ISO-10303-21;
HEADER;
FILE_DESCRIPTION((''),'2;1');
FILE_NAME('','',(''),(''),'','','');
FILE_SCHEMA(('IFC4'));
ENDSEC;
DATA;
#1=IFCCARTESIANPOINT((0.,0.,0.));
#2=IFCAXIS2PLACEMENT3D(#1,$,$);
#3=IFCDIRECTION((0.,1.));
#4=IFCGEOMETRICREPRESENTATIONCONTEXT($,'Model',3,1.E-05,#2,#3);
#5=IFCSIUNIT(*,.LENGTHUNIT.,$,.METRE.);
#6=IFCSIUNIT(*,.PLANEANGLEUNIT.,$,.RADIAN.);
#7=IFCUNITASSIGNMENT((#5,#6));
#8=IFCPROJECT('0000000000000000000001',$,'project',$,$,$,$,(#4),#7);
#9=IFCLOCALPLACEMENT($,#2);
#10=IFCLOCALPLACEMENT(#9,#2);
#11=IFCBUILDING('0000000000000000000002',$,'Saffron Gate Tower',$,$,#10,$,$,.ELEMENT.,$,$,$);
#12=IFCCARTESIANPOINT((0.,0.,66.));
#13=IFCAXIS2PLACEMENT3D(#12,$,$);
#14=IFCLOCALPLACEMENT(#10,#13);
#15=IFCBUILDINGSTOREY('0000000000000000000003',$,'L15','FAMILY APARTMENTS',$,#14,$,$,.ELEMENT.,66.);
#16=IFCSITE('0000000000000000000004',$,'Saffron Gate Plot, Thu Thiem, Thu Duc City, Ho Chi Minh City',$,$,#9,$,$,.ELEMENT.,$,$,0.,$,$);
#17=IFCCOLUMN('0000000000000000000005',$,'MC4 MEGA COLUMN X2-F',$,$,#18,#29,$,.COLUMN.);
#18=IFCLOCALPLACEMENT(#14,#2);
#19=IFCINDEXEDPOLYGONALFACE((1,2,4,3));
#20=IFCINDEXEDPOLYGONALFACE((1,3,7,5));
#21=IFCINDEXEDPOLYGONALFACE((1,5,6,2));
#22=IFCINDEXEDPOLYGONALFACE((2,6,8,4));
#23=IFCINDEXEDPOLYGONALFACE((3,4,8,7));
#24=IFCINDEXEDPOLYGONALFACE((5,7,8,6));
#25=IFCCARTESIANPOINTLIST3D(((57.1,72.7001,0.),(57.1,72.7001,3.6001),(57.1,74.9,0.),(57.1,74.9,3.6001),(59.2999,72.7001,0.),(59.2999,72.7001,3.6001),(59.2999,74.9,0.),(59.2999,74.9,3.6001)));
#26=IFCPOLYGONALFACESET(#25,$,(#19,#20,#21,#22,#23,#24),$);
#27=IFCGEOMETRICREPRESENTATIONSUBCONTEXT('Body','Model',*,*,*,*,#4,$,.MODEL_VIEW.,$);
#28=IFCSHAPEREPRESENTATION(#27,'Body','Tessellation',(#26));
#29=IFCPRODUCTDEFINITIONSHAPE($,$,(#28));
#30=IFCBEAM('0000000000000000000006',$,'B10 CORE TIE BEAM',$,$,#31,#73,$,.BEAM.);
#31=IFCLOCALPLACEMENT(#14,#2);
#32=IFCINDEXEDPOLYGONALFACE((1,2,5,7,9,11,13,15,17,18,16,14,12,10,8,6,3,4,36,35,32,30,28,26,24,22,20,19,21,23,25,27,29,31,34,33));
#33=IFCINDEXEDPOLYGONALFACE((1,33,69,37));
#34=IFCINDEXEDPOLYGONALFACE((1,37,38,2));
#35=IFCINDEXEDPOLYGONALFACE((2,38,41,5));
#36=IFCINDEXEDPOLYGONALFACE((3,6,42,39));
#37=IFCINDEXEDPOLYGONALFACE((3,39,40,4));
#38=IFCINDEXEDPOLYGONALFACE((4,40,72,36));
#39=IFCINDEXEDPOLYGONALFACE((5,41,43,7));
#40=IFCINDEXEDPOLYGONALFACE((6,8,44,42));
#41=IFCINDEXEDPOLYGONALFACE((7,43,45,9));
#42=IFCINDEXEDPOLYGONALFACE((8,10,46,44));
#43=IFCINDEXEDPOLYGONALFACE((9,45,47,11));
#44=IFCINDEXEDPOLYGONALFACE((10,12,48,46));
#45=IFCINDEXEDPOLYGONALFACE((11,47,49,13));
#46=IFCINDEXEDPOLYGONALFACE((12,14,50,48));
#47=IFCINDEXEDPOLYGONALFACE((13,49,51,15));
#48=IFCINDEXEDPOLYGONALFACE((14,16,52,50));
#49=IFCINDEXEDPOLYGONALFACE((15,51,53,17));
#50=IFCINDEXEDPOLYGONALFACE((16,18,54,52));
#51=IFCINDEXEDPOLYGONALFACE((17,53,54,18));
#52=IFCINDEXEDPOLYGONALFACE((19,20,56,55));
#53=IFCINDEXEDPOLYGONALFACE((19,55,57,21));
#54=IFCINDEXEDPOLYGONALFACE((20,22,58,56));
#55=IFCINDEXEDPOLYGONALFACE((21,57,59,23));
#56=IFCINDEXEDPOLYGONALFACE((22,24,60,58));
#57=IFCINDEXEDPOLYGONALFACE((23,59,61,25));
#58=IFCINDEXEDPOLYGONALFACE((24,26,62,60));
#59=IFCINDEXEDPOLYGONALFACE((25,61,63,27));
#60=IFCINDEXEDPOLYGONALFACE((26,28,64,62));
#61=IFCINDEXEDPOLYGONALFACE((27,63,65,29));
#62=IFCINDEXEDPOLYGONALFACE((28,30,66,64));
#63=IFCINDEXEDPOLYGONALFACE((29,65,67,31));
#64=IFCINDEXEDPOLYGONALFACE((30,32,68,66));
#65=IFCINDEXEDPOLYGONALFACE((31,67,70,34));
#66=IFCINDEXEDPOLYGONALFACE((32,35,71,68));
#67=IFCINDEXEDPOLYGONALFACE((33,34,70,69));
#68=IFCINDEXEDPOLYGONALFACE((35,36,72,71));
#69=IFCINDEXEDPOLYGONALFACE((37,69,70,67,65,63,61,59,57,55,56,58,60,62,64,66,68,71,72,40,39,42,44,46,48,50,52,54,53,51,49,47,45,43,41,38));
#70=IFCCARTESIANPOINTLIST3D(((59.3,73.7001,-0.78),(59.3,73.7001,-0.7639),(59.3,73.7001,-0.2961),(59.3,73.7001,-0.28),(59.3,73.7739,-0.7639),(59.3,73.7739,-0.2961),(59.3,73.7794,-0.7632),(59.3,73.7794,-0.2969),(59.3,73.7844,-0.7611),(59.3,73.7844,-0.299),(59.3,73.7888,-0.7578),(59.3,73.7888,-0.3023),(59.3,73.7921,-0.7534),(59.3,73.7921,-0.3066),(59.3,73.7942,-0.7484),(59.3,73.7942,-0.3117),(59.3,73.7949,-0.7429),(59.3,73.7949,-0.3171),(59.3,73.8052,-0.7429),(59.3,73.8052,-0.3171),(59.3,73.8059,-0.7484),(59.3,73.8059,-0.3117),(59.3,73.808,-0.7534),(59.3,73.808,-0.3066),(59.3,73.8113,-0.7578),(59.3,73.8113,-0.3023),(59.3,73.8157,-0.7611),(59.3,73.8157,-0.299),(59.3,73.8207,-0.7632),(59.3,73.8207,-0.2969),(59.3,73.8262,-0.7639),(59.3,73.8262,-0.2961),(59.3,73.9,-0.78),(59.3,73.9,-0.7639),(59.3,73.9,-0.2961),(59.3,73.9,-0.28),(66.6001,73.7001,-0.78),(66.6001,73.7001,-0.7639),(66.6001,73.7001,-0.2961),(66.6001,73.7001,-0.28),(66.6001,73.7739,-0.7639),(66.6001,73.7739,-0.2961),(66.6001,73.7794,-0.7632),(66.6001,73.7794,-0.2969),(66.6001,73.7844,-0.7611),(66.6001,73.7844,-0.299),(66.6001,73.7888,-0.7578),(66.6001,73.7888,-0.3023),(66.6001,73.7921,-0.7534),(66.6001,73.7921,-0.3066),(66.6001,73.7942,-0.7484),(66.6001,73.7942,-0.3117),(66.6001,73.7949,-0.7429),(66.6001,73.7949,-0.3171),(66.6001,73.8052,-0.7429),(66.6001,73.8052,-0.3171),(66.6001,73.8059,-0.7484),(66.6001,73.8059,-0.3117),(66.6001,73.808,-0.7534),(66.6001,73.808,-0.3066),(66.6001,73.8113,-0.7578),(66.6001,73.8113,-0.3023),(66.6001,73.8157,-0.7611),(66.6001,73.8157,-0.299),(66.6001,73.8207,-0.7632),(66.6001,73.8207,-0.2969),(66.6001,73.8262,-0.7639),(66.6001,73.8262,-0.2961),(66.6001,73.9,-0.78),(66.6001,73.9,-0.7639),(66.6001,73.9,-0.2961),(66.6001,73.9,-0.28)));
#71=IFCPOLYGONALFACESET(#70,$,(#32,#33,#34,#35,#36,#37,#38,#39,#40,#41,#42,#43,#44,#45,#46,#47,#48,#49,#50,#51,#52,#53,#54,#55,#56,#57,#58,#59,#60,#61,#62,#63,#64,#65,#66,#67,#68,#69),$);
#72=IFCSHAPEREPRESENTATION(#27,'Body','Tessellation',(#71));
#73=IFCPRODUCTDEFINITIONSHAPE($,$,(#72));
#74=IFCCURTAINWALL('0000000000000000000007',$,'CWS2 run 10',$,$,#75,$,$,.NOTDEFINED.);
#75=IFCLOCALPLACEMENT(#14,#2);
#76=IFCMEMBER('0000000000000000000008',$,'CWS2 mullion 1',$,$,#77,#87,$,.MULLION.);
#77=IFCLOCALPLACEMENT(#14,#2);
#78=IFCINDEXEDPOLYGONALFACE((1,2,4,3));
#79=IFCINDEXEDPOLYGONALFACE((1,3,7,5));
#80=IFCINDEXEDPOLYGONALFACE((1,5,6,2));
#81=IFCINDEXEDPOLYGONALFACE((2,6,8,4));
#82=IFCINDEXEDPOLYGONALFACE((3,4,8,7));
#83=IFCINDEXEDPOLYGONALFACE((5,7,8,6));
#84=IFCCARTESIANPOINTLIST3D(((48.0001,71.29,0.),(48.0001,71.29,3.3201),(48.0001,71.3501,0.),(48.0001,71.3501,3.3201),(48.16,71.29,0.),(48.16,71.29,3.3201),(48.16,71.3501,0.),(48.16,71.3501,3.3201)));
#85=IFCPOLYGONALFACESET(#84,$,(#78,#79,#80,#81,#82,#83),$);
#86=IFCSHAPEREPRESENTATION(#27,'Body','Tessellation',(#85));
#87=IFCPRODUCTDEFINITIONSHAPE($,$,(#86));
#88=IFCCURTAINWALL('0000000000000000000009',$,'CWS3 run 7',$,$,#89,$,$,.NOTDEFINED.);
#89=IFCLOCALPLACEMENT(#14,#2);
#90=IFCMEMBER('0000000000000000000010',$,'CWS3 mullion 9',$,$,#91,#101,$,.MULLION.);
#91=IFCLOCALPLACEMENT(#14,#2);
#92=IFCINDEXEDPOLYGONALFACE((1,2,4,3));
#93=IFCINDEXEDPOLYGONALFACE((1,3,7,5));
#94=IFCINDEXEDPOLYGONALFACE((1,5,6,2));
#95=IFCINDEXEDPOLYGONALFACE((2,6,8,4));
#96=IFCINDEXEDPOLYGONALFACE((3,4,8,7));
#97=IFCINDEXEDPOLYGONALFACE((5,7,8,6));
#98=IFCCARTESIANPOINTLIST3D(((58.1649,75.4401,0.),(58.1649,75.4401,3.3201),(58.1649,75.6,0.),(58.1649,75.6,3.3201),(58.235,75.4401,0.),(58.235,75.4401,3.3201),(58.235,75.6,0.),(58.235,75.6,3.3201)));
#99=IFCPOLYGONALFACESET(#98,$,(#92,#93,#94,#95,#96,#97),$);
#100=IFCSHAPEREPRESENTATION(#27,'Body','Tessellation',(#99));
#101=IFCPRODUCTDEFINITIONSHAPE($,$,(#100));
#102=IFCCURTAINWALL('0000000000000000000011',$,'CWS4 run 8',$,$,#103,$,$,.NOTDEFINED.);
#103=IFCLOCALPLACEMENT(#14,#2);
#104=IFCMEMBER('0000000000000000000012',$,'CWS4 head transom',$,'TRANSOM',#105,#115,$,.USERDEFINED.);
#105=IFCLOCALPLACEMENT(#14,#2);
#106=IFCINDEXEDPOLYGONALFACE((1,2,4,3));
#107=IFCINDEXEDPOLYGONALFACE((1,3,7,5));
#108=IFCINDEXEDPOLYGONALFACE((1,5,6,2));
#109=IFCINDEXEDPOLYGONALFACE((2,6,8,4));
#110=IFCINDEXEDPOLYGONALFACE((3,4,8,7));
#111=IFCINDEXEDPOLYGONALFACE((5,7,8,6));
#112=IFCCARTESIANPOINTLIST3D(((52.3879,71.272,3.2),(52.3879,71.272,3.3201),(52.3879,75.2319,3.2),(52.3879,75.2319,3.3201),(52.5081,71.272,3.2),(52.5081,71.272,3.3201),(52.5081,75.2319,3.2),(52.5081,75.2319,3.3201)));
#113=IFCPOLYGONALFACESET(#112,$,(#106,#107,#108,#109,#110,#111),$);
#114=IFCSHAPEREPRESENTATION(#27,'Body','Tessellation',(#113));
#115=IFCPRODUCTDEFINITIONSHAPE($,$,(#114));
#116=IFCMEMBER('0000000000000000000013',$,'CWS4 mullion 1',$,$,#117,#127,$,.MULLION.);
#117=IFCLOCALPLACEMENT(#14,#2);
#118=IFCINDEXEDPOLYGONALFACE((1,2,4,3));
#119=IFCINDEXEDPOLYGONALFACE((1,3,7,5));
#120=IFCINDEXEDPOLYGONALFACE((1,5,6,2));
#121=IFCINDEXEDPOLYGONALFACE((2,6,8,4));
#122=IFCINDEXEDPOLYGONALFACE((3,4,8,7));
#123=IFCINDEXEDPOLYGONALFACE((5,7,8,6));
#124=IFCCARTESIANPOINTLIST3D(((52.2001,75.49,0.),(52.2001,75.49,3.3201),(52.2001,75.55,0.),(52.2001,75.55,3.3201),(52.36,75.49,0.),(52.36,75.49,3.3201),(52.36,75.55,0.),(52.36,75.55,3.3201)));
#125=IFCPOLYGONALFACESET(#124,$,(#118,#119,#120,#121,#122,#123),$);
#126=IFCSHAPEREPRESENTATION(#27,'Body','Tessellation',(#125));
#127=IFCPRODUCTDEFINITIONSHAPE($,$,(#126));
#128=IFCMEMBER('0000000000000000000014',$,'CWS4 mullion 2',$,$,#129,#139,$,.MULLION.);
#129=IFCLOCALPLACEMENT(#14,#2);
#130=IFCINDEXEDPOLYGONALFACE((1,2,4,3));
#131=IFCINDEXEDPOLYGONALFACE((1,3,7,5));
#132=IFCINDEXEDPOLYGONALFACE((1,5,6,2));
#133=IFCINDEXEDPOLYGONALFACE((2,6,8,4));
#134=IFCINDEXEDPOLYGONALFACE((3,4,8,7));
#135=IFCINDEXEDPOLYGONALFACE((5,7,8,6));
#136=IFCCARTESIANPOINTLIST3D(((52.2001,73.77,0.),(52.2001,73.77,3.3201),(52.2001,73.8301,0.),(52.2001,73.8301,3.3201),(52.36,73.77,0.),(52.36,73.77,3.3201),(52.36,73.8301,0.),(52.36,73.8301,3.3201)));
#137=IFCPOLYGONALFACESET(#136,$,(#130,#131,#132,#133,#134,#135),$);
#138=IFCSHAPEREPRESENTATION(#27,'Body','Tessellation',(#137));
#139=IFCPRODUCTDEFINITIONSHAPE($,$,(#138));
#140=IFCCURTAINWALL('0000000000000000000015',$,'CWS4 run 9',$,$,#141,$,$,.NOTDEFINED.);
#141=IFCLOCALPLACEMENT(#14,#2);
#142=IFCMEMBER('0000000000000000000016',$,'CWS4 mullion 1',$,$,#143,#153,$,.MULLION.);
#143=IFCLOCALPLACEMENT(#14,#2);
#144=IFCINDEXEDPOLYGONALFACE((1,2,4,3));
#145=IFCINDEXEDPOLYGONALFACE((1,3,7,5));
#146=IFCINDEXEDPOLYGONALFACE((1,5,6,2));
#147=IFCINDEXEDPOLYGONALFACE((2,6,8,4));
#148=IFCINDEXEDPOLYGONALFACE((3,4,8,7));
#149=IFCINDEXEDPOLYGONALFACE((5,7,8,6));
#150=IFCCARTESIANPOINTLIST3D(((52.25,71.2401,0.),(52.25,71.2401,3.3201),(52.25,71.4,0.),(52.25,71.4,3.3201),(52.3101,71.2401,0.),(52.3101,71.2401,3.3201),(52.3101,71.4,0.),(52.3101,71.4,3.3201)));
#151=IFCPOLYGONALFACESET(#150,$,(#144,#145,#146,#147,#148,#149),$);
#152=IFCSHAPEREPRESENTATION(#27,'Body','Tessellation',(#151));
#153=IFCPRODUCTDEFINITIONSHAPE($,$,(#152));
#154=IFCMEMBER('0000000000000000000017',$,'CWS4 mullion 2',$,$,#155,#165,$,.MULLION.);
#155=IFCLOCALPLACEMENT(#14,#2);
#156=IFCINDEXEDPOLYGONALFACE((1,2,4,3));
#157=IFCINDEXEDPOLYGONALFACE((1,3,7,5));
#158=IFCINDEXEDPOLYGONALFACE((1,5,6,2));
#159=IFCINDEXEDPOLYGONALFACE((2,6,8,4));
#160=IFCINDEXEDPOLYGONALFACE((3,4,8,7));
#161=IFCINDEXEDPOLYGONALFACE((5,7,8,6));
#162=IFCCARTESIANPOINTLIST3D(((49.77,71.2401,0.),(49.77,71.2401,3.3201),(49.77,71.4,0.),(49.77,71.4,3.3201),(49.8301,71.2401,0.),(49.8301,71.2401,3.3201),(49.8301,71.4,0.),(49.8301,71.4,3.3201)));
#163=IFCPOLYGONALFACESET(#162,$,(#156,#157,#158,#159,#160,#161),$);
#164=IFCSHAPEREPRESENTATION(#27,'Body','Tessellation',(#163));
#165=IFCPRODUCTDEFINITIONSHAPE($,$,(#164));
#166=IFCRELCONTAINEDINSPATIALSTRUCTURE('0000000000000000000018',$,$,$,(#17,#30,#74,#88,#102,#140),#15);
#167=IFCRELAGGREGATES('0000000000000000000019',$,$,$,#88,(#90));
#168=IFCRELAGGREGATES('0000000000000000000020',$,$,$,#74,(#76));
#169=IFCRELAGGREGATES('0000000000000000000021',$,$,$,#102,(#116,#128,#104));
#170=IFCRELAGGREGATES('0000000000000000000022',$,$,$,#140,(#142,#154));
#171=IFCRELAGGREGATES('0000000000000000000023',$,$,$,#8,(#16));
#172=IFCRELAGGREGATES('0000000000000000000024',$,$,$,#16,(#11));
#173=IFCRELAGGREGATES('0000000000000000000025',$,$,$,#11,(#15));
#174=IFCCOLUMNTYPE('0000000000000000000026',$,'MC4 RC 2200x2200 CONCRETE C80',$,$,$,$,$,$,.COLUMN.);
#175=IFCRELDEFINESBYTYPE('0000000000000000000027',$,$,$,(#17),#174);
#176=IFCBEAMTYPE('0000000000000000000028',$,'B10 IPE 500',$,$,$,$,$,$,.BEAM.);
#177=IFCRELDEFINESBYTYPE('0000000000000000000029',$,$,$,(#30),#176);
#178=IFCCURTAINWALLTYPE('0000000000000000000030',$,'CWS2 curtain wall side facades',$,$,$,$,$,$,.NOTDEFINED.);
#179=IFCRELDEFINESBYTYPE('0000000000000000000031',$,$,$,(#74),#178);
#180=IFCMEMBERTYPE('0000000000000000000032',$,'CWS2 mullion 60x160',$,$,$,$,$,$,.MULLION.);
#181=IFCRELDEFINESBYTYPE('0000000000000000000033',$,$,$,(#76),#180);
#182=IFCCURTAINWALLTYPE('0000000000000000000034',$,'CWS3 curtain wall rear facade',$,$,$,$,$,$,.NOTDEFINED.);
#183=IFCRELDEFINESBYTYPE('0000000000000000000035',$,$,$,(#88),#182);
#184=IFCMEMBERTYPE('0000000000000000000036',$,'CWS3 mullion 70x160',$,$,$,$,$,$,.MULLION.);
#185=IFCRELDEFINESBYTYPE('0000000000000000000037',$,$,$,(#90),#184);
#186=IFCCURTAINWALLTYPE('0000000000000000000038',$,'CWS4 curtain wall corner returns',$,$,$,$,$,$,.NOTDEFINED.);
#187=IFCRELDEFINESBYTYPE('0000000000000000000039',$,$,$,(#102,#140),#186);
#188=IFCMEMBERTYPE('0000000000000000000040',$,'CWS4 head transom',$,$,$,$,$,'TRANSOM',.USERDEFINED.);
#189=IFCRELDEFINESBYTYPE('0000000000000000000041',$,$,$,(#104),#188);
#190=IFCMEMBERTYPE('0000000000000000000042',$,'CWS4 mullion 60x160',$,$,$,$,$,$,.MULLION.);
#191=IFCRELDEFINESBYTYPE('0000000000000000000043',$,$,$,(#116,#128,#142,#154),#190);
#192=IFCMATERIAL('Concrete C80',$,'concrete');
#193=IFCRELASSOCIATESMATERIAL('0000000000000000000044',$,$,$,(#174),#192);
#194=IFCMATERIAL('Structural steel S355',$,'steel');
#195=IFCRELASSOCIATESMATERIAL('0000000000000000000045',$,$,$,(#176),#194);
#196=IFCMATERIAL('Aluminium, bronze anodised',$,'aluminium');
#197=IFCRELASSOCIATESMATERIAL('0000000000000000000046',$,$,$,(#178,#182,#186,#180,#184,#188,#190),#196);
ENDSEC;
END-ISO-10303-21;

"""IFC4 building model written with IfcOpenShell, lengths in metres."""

from ifc_helpers import new_model, si_unit, direction, frame, origin, origin_2d, place, context, subcontext, project, spatial, rectangle, i_section, extrude, material, material_profile, profile_set, type_object, element, aggregate, save


model = new_model("IFC4")

# Units and contexts
model_context = context("Model", 3, precision=1e-05, world=origin(), true_north=direction((0.0, 1.0)))
body_context = subcontext(model_context, "Body", "Model", "MODEL_VIEW")
ifc_project = project(units=[si_unit("LENGTHUNIT", "METRE"), si_unit("PLANEANGLEUNIT", "RADIAN")], contexts=[model_context])

# Site, building, storey
site_placement = place(None, origin())
site = spatial("IfcSite", under=ifc_project, at=site_placement, Name="Saffron Gate Plot, Thu Thiem, Thu Duc City, Ho Chi Minh City", CompositionType="ELEMENT", RefElevation=0.0)
building_placement = place(site_placement, origin())
building = spatial("IfcBuilding", under=site, at=building_placement, Name="Saffron Gate Tower", CompositionType="ELEMENT")
storey_placement = place(building_placement, frame((0.0, 0.0, 66.0)))
storey = spatial("IfcBuildingStorey", under=building, at=storey_placement, Name="L15", Description="FAMILY APARTMENTS", CompositionType="ELEMENT", Elevation=66.0)

# Column
ifc_material_1 = material(Name="Concrete C80", Category="concrete")
ifc_material_profile_1 = material_profile(ifc_material_1, rectangle(XDim=2.2, YDim=2.2, at=origin_2d()))
ifc_profile_set_1 = profile_set([ifc_material_profile_1], Name="Concrete C80")
column_type = type_object("IfcColumnType", Name="MC4 RC 2200x2200 CONCRETE C80", PredefinedType="COLUMN", material=ifc_profile_set_1)
column_placement = place(storey_placement, frame((58.2, 73.8, 0.0), z_axis=(0.0, 0.0, 1.0), x_axis=(1.0, 0.0, 0.0)))
element("IfcColumn", 1, at=column_placement, inside=storey, type_object=column_type, Name="MC4 MEGA COLUMN X2-F", PredefinedType="COLUMN", context=body_context, shape_type="SweptSolid", body=[
    extrude(rectangle(XDim=2.2, YDim=2.2, at=origin_2d()), origin(), (0.0, 0.0, 1.0), 3.6001),
])

# Beam
ifc_material_2 = material(Name="Structural steel S355", Category="steel")
ifc_material_profile_2 = material_profile(ifc_material_2, i_section(OverallWidth=0.2, OverallDepth=0.5, WebThickness=0.0103, FlangeThickness=0.0161, FilletRadius=0.021, at=origin_2d()))
ifc_profile_set_2 = profile_set([ifc_material_profile_2], Name="Structural steel S355")
beam_type = type_object("IfcBeamType", Name="B10 IPE 500", PredefinedType="BEAM", material=ifc_profile_set_2)
beam_placement = place(storey_placement, frame((59.3, 73.8, -0.53), z_axis=(1.0, 0.0, 0.0), x_axis=(0.0, 1.0, 0.0)))
element("IfcBeam", 2, at=beam_placement, inside=storey, type_object=beam_type, Name="B10 CORE TIE BEAM", PredefinedType="BEAM", context=body_context, shape_type="SweptSolid", body=[
    extrude(i_section(OverallWidth=0.2, OverallDepth=0.5, WebThickness=0.0103, FlangeThickness=0.0161, FilletRadius=0.021, at=origin_2d()), origin(), (0.0, 0.0, 1.0), 7.3),
])

# Curtain walls, members
ifc_material_3 = material(Name="Aluminium, bronze anodised", Category="aluminium")
curtain_wall_type_1 = type_object("IfcCurtainWallType", Name="CWS2 curtain wall side facades", PredefinedType="NOTDEFINED", material=ifc_material_3)
curtain_wall_1_placement = place(storey_placement, origin())
curtain_wall_1 = element("IfcCurtainWall", 3, at=curtain_wall_1_placement, inside=storey, type_object=curtain_wall_type_1, Name="CWS2 run 10", PredefinedType="NOTDEFINED")
ifc_material_profile_3 = material_profile(ifc_material_3, rectangle(XDim=0.1599, YDim=0.0601, at=origin_2d()))
ifc_profile_set_3 = profile_set([ifc_material_profile_3], Name="Aluminium, bronze anodised")
member_type_1 = type_object("IfcMemberType", Name="CWS2 mullion 60x160", PredefinedType="MULLION", material=ifc_profile_set_3)
member_1_placement = place(storey_placement, frame((48.0801, 71.3201, 0.0), z_axis=(0.0, 0.0, 1.0), x_axis=(1.0, 0.0, 0.0)))
member_1 = element("IfcMember", 4, at=member_1_placement, type_object=member_type_1, Name="CWS2 mullion 1", PredefinedType="MULLION", context=body_context, shape_type="SweptSolid", body=[
    extrude(rectangle(XDim=0.1599, YDim=0.0601, at=origin_2d()), origin(), (0.0, 0.0, 1.0), 3.3201),
])
curtain_wall_type_2 = type_object("IfcCurtainWallType", Name="CWS3 curtain wall rear facade", PredefinedType="NOTDEFINED", material=ifc_material_3)
curtain_wall_2_placement = place(storey_placement, origin())
curtain_wall_2 = element("IfcCurtainWall", 5, at=curtain_wall_2_placement, inside=storey, type_object=curtain_wall_type_2, Name="CWS3 run 7", PredefinedType="NOTDEFINED")
ifc_material_profile_4 = material_profile(ifc_material_3, rectangle(XDim=0.1599, YDim=0.0701, at=origin_2d()))
ifc_profile_set_4 = profile_set([ifc_material_profile_4], Name="Aluminium, bronze anodised")
member_type_2 = type_object("IfcMemberType", Name="CWS3 mullion 70x160", PredefinedType="MULLION", material=ifc_profile_set_4)
member_2_placement = place(storey_placement, frame((58.2, 75.52, 0.0), z_axis=(0.0, 0.0, 1.0), x_axis=(0.0, -1.0, 0.0)))
member_2 = element("IfcMember", 6, at=member_2_placement, type_object=member_type_2, Name="CWS3 mullion 9", PredefinedType="MULLION", context=body_context, shape_type="SweptSolid", body=[
    extrude(rectangle(XDim=0.1599, YDim=0.0701, at=origin_2d()), origin(), (0.0, 0.0, 1.0), 3.3201),
])
aggregate(curtain_wall_2, [member_2])

# Curtain walls, members
curtain_wall_type_3 = type_object("IfcCurtainWallType", Name="CWS4 curtain wall corner returns", PredefinedType="NOTDEFINED", material=ifc_material_3)
curtain_wall_3_placement = place(storey_placement, origin())
curtain_wall_3 = element("IfcCurtainWall", 7, at=curtain_wall_3_placement, inside=storey, type_object=curtain_wall_type_3, Name="CWS4 run 8", PredefinedType="NOTDEFINED")
ifc_material_profile_5 = material_profile(ifc_material_3, rectangle(XDim=0.1201, YDim=0.1201, at=origin_2d()))
ifc_profile_set_5 = profile_set([ifc_material_profile_5], Name="Aluminium, bronze anodised")
member_type_3 = type_object("IfcMemberType", Name="CWS4 head transom", ElementType="TRANSOM", PredefinedType="USERDEFINED", material=ifc_profile_set_5)
member_3_placement = place(storey_placement, frame((52.448, 75.2319, 3.26), z_axis=(0.0, -1.0, 0.0), x_axis=(1.0, 0.0, 0.0)))
member_3 = element("IfcMember", 8, at=member_3_placement, type_object=member_type_3, Name="CWS4 head transom", ObjectType="TRANSOM", PredefinedType="USERDEFINED", context=body_context, shape_type="SweptSolid", body=[
    extrude(rectangle(XDim=0.1201, YDim=0.1201, at=origin_2d()), origin(), (0.0, 0.0, 1.0), 3.96),
])
ifc_material_profile_6 = material_profile(ifc_material_3, rectangle(XDim=0.1599, YDim=0.0601, at=origin_2d()))
ifc_profile_set_6 = profile_set([ifc_material_profile_6], Name="Aluminium, bronze anodised")
member_type_4 = type_object("IfcMemberType", Name="CWS4 mullion 60x160", PredefinedType="MULLION", material=ifc_profile_set_6)
member_4_placement = place(storey_placement, frame((52.28, 75.52, 0.0), z_axis=(0.0, 0.0, 1.0), x_axis=(1.0, 0.0, 0.0)))
member_4 = element("IfcMember", 9, at=member_4_placement, type_object=member_type_4, Name="CWS4 mullion 1", PredefinedType="MULLION", context=body_context, shape_type="SweptSolid", body=[
    extrude(rectangle(XDim=0.1599, YDim=0.0601, at=origin_2d()), origin(), (0.0, 0.0, 1.0), 3.3201),
])
member_5_placement = place(storey_placement, frame((52.28, 73.8, 0.0), z_axis=(0.0, 0.0, 1.0), x_axis=(1.0, 0.0, 0.0)))
member_5 = element("IfcMember", 10, at=member_5_placement, type_object=member_type_4, Name="CWS4 mullion 2", PredefinedType="MULLION", context=body_context, shape_type="SweptSolid", body=[
    extrude(rectangle(XDim=0.1599, YDim=0.0601, at=origin_2d()), origin(), (0.0, 0.0, 1.0), 3.3201),
])
curtain_wall_4_placement = place(storey_placement, origin())
curtain_wall_4 = element("IfcCurtainWall", 11, at=curtain_wall_4_placement, inside=storey, type_object=curtain_wall_type_3, Name="CWS4 run 9", PredefinedType="NOTDEFINED")
member_6_placement = place(storey_placement, frame((52.28, 71.3201, 0.0), z_axis=(0.0, 0.0, 1.0), x_axis=(0.0, -1.0, 0.0)))
member_6 = element("IfcMember", 12, at=member_6_placement, type_object=member_type_4, Name="CWS4 mullion 1", PredefinedType="MULLION", context=body_context, shape_type="SweptSolid", body=[
    extrude(rectangle(XDim=0.1599, YDim=0.0601, at=origin_2d()), origin(), (0.0, 0.0, 1.0), 3.3201),
])
member_7_placement = place(storey_placement, frame((49.8, 71.3201, 0.0), z_axis=(0.0, 0.0, 1.0), x_axis=(0.0, -1.0, 0.0)))
member_7 = element("IfcMember", 13, at=member_7_placement, type_object=member_type_4, Name="CWS4 mullion 2", PredefinedType="MULLION", context=body_context, shape_type="SweptSolid", body=[
    extrude(rectangle(XDim=0.1599, YDim=0.0601, at=origin_2d()), origin(), (0.0, 0.0, 1.0), 3.3201),
])

aggregate(curtain_wall_1, [member_1])

aggregate(curtain_wall_3, [member_4, member_5, member_3])
aggregate(curtain_wall_4, [member_6, member_7])

save(model, "model.ifc")
